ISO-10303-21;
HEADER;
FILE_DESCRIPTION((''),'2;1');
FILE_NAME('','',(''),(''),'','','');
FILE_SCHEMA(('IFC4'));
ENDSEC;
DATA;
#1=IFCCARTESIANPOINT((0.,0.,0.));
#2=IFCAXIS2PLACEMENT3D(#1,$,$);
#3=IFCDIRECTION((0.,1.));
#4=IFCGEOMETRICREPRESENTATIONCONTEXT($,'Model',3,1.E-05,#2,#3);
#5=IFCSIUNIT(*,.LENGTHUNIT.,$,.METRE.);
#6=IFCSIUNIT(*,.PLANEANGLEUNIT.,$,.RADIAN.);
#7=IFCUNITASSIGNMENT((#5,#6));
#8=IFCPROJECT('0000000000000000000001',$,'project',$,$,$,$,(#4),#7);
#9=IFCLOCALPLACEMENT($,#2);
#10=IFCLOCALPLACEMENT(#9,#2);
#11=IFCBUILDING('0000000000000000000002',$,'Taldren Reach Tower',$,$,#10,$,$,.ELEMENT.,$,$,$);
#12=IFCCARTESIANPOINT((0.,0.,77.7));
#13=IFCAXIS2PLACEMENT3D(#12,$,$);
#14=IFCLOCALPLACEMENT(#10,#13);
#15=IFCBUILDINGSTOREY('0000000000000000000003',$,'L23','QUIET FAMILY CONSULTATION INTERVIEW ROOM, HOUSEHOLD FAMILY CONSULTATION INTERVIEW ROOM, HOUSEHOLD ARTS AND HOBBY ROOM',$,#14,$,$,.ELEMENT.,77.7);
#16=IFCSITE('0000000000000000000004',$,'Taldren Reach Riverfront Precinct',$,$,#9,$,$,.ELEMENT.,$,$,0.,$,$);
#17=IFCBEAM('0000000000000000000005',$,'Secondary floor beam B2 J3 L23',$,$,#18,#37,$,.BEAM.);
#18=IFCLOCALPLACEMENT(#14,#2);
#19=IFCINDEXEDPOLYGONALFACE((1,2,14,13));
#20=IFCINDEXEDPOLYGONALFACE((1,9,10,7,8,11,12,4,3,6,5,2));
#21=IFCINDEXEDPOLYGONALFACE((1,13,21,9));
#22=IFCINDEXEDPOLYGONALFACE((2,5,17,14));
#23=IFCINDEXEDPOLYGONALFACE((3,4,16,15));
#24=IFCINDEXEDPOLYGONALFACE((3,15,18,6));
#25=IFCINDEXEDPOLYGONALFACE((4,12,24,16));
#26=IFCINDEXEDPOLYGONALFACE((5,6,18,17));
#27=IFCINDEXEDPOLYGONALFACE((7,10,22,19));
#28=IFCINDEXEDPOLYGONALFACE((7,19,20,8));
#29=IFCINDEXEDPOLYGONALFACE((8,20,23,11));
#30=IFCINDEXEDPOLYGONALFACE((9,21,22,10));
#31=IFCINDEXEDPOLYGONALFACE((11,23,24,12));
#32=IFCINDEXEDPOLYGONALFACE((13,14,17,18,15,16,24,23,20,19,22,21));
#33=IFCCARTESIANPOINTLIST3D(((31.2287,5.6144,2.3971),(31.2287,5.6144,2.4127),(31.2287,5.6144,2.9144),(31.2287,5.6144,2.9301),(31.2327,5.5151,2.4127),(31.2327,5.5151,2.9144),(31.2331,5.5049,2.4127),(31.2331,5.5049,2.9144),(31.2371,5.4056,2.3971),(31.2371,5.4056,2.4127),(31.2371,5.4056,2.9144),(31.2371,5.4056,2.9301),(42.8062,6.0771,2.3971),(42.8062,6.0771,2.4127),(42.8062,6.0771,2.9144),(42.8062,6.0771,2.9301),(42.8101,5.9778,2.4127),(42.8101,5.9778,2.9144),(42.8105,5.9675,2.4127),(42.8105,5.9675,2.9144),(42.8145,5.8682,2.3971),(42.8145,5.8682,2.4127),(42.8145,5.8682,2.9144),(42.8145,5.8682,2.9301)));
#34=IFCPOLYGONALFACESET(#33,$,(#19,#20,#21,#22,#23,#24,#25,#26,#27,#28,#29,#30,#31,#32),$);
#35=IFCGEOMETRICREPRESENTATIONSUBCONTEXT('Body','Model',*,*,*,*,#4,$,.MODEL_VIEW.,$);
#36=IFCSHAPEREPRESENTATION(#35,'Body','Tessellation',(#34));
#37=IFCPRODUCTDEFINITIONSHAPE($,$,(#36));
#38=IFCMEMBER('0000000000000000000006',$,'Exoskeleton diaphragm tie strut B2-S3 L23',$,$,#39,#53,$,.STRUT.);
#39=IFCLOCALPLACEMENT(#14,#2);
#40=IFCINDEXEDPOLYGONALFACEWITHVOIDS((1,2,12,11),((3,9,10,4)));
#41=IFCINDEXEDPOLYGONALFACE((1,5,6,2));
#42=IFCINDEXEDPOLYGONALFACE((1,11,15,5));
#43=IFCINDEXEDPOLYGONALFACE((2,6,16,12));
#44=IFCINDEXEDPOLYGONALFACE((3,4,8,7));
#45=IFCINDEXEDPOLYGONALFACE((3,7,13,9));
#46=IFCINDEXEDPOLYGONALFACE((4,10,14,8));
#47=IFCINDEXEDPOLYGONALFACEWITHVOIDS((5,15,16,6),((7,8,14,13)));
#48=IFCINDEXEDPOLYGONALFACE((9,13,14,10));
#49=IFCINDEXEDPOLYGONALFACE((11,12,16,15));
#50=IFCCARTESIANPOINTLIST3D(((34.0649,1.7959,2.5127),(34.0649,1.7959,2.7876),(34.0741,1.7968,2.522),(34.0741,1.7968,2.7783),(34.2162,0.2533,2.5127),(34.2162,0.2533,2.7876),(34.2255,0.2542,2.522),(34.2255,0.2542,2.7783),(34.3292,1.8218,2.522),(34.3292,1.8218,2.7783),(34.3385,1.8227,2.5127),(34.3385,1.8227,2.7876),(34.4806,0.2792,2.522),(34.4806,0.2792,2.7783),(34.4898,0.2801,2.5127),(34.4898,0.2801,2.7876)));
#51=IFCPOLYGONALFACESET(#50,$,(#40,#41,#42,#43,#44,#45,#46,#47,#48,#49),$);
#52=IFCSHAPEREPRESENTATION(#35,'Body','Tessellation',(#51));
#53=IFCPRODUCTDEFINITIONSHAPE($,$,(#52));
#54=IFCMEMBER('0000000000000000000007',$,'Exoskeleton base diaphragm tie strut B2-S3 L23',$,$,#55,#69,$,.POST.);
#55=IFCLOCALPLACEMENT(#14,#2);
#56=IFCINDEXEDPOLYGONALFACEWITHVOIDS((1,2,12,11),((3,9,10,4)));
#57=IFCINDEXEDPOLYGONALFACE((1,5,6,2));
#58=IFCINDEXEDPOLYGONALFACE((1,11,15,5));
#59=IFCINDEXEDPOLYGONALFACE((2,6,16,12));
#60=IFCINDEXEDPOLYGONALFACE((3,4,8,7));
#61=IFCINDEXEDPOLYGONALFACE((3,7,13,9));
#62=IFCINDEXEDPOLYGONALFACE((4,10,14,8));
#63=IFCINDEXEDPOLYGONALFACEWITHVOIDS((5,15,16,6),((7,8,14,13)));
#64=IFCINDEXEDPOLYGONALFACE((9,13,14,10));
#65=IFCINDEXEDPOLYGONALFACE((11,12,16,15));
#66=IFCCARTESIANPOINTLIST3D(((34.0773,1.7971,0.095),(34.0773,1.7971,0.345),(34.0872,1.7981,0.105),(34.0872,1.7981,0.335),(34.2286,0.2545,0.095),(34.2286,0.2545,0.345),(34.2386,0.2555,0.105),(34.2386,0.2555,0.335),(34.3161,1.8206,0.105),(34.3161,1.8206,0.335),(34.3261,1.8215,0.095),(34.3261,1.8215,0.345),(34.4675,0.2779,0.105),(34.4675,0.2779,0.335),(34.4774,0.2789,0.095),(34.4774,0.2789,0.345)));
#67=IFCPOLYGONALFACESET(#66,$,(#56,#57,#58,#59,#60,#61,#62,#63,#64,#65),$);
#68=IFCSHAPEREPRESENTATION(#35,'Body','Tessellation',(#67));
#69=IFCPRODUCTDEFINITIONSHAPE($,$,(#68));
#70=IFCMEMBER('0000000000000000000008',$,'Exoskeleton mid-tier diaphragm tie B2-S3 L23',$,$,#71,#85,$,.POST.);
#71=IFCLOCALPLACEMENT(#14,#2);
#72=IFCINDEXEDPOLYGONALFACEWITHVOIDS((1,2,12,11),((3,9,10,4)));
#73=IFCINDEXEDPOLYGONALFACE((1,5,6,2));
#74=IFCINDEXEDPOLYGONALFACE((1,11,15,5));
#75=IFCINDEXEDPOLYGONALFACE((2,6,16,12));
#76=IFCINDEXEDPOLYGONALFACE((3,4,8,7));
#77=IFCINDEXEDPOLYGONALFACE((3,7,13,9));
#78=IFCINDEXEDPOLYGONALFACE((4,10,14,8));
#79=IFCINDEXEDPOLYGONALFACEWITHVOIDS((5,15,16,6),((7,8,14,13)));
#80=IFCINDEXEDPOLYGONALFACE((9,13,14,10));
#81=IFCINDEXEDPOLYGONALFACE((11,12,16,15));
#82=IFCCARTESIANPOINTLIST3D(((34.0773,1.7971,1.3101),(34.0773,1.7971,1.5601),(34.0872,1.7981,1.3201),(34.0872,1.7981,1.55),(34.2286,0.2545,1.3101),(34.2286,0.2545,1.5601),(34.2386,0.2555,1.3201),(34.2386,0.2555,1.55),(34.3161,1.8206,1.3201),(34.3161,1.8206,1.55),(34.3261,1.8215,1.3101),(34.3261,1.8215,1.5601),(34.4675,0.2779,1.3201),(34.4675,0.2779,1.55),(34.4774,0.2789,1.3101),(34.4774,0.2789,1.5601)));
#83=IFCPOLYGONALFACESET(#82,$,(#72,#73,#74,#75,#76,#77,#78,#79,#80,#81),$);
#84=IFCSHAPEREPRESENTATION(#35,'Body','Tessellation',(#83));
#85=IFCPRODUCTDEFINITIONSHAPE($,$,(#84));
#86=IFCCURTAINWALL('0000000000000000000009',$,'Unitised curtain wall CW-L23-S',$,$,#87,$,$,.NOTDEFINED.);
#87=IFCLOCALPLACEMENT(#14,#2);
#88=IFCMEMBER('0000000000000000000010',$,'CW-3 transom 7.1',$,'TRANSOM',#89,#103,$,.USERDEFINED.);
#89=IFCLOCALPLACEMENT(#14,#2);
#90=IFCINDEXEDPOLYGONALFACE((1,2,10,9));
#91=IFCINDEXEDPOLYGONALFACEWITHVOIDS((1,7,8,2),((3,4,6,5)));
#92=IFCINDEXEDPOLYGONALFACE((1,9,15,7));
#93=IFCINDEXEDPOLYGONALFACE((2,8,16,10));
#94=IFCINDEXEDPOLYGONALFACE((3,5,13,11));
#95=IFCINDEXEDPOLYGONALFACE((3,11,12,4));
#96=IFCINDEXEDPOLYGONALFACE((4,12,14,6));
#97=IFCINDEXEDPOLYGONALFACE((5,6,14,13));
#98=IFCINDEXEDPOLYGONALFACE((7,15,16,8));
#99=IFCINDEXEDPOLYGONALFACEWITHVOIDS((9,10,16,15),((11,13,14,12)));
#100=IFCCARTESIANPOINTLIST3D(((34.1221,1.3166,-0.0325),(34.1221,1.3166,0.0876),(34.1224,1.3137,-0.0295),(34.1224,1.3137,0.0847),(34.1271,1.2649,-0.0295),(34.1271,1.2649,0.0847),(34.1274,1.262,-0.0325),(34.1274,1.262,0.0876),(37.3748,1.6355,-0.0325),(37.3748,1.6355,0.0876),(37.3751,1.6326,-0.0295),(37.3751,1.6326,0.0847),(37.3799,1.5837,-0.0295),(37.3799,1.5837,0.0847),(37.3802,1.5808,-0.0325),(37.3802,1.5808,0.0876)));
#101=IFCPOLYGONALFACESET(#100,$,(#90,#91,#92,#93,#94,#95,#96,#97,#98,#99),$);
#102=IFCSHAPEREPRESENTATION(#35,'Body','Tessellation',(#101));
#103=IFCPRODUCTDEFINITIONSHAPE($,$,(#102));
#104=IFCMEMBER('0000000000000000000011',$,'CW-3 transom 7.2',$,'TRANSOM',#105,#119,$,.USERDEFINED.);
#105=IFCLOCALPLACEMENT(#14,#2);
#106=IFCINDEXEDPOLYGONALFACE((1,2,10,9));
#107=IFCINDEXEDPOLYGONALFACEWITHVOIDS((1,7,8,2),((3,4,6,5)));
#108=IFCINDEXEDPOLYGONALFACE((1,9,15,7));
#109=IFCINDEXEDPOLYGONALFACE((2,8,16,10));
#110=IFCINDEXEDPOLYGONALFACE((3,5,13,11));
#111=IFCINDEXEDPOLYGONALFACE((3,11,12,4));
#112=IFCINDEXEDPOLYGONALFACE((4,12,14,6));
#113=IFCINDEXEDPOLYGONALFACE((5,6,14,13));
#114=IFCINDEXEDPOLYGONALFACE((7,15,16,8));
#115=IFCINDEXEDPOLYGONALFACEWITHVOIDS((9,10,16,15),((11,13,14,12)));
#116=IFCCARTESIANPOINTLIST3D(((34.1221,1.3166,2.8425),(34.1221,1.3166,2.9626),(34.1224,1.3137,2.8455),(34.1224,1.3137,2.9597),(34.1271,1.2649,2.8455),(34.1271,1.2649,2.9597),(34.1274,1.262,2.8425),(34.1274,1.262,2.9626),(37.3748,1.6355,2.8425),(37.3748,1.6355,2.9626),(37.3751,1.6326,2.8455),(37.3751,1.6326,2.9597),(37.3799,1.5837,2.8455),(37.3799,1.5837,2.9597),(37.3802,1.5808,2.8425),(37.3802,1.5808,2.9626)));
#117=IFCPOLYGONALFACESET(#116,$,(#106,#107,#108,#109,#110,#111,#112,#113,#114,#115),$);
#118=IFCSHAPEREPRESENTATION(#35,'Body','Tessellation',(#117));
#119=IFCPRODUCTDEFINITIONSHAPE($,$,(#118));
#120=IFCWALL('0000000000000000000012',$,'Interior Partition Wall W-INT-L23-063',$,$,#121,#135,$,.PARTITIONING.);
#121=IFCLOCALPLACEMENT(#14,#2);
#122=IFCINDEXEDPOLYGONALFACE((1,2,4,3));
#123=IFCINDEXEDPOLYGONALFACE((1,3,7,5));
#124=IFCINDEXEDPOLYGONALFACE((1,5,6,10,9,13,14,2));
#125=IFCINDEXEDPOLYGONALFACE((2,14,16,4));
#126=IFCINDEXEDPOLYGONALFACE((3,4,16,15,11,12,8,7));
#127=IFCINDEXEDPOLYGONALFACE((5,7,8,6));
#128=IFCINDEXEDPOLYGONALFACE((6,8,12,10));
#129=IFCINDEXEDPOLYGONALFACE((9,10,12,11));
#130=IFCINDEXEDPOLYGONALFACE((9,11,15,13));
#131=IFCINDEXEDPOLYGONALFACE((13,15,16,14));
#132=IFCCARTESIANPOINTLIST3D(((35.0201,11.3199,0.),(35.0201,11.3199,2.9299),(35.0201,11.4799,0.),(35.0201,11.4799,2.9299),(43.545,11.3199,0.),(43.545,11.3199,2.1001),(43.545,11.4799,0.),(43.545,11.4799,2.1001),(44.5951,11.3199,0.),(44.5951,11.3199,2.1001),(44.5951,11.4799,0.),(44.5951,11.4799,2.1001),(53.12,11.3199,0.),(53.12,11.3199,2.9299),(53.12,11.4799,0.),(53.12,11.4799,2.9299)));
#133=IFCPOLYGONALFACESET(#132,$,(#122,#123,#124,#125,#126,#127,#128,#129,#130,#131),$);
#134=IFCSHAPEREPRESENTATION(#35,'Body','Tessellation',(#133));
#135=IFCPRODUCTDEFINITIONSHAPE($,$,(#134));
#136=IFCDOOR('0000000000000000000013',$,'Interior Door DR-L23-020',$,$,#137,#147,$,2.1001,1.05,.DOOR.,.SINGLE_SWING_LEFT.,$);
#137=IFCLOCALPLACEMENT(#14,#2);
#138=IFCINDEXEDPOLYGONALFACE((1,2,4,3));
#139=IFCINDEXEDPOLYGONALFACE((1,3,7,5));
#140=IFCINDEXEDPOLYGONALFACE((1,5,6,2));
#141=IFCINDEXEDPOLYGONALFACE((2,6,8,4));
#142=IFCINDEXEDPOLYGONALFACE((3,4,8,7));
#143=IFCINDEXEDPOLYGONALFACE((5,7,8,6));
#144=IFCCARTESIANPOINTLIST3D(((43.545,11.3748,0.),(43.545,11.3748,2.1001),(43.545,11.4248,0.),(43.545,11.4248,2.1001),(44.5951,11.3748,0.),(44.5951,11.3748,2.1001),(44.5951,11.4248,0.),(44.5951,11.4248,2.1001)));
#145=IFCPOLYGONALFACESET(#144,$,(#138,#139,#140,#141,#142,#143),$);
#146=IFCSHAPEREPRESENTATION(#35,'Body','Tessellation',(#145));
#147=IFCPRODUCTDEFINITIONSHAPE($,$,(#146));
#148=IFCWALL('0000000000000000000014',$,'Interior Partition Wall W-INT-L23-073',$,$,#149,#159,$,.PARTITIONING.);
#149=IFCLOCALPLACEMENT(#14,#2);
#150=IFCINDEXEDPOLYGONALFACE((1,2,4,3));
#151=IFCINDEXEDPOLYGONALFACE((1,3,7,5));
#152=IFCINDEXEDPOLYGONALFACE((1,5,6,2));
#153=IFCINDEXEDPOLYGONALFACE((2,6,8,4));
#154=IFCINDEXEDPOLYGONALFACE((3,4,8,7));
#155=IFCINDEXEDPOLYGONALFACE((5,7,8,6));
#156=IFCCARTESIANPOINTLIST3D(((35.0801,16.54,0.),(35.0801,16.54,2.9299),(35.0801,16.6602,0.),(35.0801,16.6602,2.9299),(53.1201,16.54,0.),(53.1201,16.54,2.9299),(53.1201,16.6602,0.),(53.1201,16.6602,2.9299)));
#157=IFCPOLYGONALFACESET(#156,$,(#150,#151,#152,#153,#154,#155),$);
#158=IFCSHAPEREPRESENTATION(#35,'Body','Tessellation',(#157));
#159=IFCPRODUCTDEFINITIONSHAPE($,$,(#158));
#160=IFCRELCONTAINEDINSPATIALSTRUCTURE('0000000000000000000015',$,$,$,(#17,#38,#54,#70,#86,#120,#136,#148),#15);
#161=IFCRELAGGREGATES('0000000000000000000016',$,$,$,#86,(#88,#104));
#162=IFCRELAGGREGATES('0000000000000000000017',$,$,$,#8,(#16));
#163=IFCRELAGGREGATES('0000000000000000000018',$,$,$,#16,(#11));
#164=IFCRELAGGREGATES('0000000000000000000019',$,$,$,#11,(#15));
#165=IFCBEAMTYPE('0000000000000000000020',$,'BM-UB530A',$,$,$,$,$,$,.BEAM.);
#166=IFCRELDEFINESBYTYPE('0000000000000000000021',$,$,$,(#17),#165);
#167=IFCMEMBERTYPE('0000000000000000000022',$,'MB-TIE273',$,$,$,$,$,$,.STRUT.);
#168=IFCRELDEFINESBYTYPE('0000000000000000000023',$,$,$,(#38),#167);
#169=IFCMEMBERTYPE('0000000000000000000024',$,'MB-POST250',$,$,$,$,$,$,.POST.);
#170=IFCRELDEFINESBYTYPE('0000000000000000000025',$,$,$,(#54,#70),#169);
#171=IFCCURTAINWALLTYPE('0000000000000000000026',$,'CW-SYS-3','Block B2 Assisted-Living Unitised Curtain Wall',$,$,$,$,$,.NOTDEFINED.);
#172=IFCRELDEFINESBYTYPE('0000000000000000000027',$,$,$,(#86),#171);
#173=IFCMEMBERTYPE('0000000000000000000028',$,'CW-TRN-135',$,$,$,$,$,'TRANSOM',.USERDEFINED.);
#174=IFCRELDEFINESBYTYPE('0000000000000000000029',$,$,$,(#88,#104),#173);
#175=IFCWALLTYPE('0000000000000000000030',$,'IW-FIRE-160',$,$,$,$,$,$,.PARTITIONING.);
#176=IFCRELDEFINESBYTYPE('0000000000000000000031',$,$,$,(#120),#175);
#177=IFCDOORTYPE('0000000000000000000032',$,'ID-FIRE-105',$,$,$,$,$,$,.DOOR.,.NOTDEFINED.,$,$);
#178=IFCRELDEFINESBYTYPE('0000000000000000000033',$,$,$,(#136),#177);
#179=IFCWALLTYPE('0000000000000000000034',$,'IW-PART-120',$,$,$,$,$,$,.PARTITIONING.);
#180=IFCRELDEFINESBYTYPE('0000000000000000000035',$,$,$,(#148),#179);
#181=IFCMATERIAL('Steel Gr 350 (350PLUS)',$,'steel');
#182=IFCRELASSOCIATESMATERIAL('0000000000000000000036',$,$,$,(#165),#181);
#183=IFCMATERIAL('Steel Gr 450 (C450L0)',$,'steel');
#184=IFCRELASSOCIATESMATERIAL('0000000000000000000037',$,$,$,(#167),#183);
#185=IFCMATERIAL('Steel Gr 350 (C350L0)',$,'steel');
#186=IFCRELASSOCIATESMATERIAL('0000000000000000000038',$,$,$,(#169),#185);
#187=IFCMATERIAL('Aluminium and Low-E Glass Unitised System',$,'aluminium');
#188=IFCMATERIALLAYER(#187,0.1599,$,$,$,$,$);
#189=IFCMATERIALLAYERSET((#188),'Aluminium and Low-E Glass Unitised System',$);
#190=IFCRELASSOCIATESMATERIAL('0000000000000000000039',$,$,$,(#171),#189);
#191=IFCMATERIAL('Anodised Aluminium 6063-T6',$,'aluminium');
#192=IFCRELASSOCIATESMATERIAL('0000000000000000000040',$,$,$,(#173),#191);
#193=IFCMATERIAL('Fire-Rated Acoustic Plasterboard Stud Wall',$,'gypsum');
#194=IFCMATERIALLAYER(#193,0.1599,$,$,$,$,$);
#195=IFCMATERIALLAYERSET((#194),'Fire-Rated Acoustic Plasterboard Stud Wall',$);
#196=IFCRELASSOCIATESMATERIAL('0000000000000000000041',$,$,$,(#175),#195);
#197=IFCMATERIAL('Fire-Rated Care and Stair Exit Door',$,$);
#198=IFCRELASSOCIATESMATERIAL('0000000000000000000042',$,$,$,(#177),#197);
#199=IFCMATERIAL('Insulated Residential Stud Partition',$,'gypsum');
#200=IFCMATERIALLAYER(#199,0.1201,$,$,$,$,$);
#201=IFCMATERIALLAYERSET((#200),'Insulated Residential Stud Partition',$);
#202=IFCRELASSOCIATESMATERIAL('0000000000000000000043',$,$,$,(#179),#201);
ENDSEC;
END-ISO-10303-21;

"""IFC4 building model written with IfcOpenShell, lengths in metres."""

from ifc_helpers import new_model, si_unit, direction, frame, frame_2d, origin, origin_2d, place, context, subcontext, project, spatial, rectangle, hollow_rectangle, i_section, extrude, source, transform, mapped, material, layer, layer_set, material_profile, profile_set, type_object, element, fill, aggregate, save


model = new_model("IFC4")

# Units and contexts
model_context = context("Model", 3, precision=1e-05, world=origin(), true_north=direction((0.0, 1.0)))
body_context = subcontext(model_context, "Body", "Model", "MODEL_VIEW")
ifc_project = project(units=[si_unit("LENGTHUNIT", "METRE"), si_unit("PLANEANGLEUNIT", "RADIAN")], contexts=[model_context])

# Site, building, storey
site_placement = place(None, origin())
site = spatial("IfcSite", under=ifc_project, at=site_placement, Name="Taldren Reach Riverfront Precinct", CompositionType="ELEMENT", RefElevation=0.0)
building_placement = place(site_placement, origin())
building = spatial("IfcBuilding", under=site, at=building_placement, Name="Taldren Reach Tower", CompositionType="ELEMENT")
storey_placement = place(building_placement, frame((0.0, 0.0, 77.7)))
storey = spatial("IfcBuildingStorey", under=building, at=storey_placement, Name="L23", Description="QUIET FAMILY CONSULTATION INTERVIEW ROOM, HOUSEHOLD FAMILY CONSULTATION INTERVIEW ROOM, HOUSEHOLD ARTS AND HOBBY ROOM", CompositionType="ELEMENT", Elevation=77.7)

# Shared definitions
ifc_material_1 = material(Name="Steel Gr 350 (350PLUS)", Category="steel")

# Beam
ifc_material_profile_1 = material_profile(ifc_material_1, i_section(OverallWidth=0.209, OverallDepth=0.533, WebThickness=0.0103, FlangeThickness=0.0156, at=origin_2d()), Name="530UB92.4")
ifc_profile_set_1 = profile_set([ifc_material_profile_1], Name="Steel Gr 350 (350PLUS)")
beam_type_1 = type_object("IfcBeamType", Name="BM-UB530A", PredefinedType="BEAM", material=ifc_profile_set_1)
shared_shape_1 = source(origin(), body_context, "Body", "SweptSolid", [
    extrude(i_section(OverallWidth=0.209, OverallDepth=0.533, WebThickness=0.0103, FlangeThickness=0.0156, at=origin_2d()), origin(), (0.0, 0.0, 1.0), 11.5867),
])
beam_1_placement = place(storey_placement, frame((31.2329, 5.51, 2.6636), z_axis=(0.999203, 0.039929, 0.0), x_axis=(-0.039929, 0.999203, 0.0)))
element("IfcBeam", 1, at=beam_1_placement, inside=storey, type_object=beam_type_1, Name="Secondary floor beam B2 J3 L23", PredefinedType="BEAM", context=body_context, shape_type="MappedRepresentation", body=[
    mapped(shared_shape_1, transform((0.0, 0.0, 0.0), scale=1.0)),
])

# Members
ifc_material_2 = material(Name="Steel Gr 450 (C450L0)", Category="steel")
ifc_material_profile_2 = material_profile(ifc_material_2, hollow_rectangle(XDim=0.2749, YDim=0.2749, WallThickness=0.0093, at=origin_2d()), Name="275x275x9.3SHS")
ifc_profile_set_2 = profile_set([ifc_material_profile_2], Name="Steel Gr 450 (C450L0)")
member_type_1 = type_object("IfcMemberType", Name="MB-TIE273", PredefinedType="STRUT", material=ifc_profile_set_2)
shared_shape_2 = source(origin(), body_context, "Body", "SweptSolid", [
    extrude(hollow_rectangle(XDim=0.2749, YDim=0.2749, WallThickness=0.0093, at=origin_2d()), origin(), (0.0, 0.0, 1.0), 1.55),
])
member_1_placement = place(storey_placement, frame((34.2017, 1.8093, 2.6501), z_axis=(0.097648, -0.995221, 0.0), x_axis=(0.995221, 0.097648, 0.0)))
element("IfcMember", 2, at=member_1_placement, inside=storey, type_object=member_type_1, Name="Exoskeleton diaphragm tie strut B2-S3 L23", PredefinedType="STRUT", context=body_context, shape_type="MappedRepresentation", body=[
    mapped(shared_shape_2, transform((0.0, 0.0, 0.0), scale=1.0)),
])
ifc_material_3 = material(Name="Steel Gr 350 (C350L0)", Category="steel")
ifc_material_profile_3 = material_profile(ifc_material_3, hollow_rectangle(XDim=0.25, YDim=0.25, WallThickness=0.01, at=origin_2d()), Name="250x250x10.0SHS")
ifc_profile_set_3 = profile_set([ifc_material_profile_3], Name="Steel Gr 350 (C350L0)")
member_type_2 = type_object("IfcMemberType", Name="MB-POST250", PredefinedType="POST", material=ifc_profile_set_3)
shared_shape_3 = source(origin(), body_context, "Body", "SweptSolid", [
    extrude(hollow_rectangle(XDim=0.25, YDim=0.25, WallThickness=0.01, at=origin_2d()), origin(), (0.0, 0.0, 1.0), 1.55),
])
for number, where, z_axis, x_axis, name in (
    (3, (34.2017, 1.8093, 0.22), (0.097648, -0.995221, 0.0), (0.995221, 0.097648, 0.0), "Exoskeleton base diaphragm tie strut B2-S3 L23"),
    (4, (34.2017, 1.8093, 1.4351), (0.097648, -0.995221, 0.0), (0.995221, 0.097648, 0.0), "Exoskeleton mid-tier diaphragm tie B2-S3 L23"),
):
    element("IfcMember", number, at=place(storey_placement, frame(where, z_axis=z_axis, x_axis=x_axis)), inside=storey, type_object=member_type_2, Name=name, PredefinedType="POST", context=body_context, shape_type="MappedRepresentation", body=[
        mapped(shared_shape_3, transform((0.0, 0.0, 0.0), scale=1.0)),
    ])

# Curtain wall, members
ifc_material_4 = material(Name="Aluminium and Low-E Glass Unitised System", Category="aluminium")
ifc_layer_1 = layer(ifc_material_4, 0.1599)
ifc_layer_set_1 = layer_set([ifc_layer_1], Name="Aluminium and Low-E Glass Unitised System")
curtain_wall_type = type_object("IfcCurtainWallType", Name="CW-SYS-3", Description="Block B2 Assisted-Living Unitised Curtain Wall", PredefinedType="NOTDEFINED", material=ifc_layer_set_1)
curtain_wall_placement = place(storey_placement, origin())
curtain_wall = element("IfcCurtainWall", 5, at=curtain_wall_placement, inside=storey, type_object=curtain_wall_type, Name="Unitised curtain wall CW-L23-S", PredefinedType="NOTDEFINED")
ifc_material_5 = material(Name="Anodised Aluminium 6063-T6", Category="aluminium")
ifc_material_profile_4 = material_profile(ifc_material_5, hollow_rectangle(XDim=0.0549, YDim=0.1201, WallThickness=0.0029, at=origin_2d()), Name="ALU-120x55x3RHS")
ifc_profile_set_4 = profile_set([ifc_material_profile_4], Name="Anodised Aluminium 6063-T6")
member_type_3 = type_object("IfcMemberType", Name="CW-TRN-135", ElementType="TRANSOM", PredefinedType="USERDEFINED", material=ifc_profile_set_4)
shared_shape_4 = source(origin(), body_context, "Body", "SweptSolid", [
    extrude(hollow_rectangle(XDim=0.0549, YDim=0.1201, WallThickness=0.0029, at=origin_2d()), origin(), (0.0, 0.0, 1.0), 3.2683),
])
member_2_placement = place(storey_placement, frame((34.1248, 1.2893, 0.0276), z_axis=(0.99523, 0.097558, 0.0), x_axis=(-0.097558, 0.99523, 0.0)))
member_2 = element("IfcMember", 6, at=member_2_placement, type_object=member_type_3, Name="CW-3 transom 7.1", ObjectType="TRANSOM", PredefinedType="USERDEFINED", context=body_context, shape_type="MappedRepresentation", body=[
    mapped(shared_shape_4, transform((0.0, 0.0, 0.0), scale=1.0)),
])
member_3_placement = place(storey_placement, frame((34.1248, 1.2893, 2.9026), z_axis=(0.99523, 0.097558, 0.0), x_axis=(-0.097558, 0.99523, 0.0)))
member_3 = element("IfcMember", 7, at=member_3_placement, type_object=member_type_3, Name="CW-3 transom 7.2", ObjectType="TRANSOM", PredefinedType="USERDEFINED", context=body_context, shape_type="MappedRepresentation", body=[
    mapped(shared_shape_4, transform((0.0, 0.0, 0.0), scale=1.0)),
])
aggregate(curtain_wall, [member_2, member_3])

# Wall, opening, door
ifc_material_6 = material(Name="Fire-Rated Acoustic Plasterboard Stud Wall", Category="gypsum")
ifc_layer_2 = layer(ifc_material_6, 0.1599)
ifc_layer_set_2 = layer_set([ifc_layer_2], Name="Fire-Rated Acoustic Plasterboard Stud Wall")
wall_type_1 = type_object("IfcWallType", Name="IW-FIRE-160", PredefinedType="PARTITIONING", material=ifc_layer_set_2)
shared_shape_5 = source(origin(), body_context, "Body", "SweptSolid", [
    extrude(rectangle(XDim=18.0999, YDim=0.1599, at=frame_2d((9.0498, 0.0))), origin(), (0.0, 0.0, 1.0), 2.9299),
])
wall_1_placement = place(storey_placement, frame((35.0203, 11.3999, 0.0), z_axis=(0.0, 0.0, 1.0), x_axis=(1.0, 0.0, 0.0)))
wall_1 = element("IfcWall", 8, at=wall_1_placement, inside=storey, type_object=wall_type_1, Name="Interior Partition Wall W-INT-L23-063", PredefinedType="PARTITIONING", context=body_context, shape_type="MappedRepresentation", body=[
    mapped(shared_shape_5, transform((0.0, 0.0, 0.0), scale=1.0)),
])
shared_shape_6 = source(origin(), body_context, "Body", "SweptSolid", [
    extrude(rectangle(XDim=1.05, YDim=2.1001, at=frame_2d((0.5249, 1.05))), frame((0.0, 0.0898, 0.0), z_axis=(0.0, -1.0, 0.0), x_axis=(1.0, 0.0, 0.0)), (0.0, 0.0, 1.0), 0.1799),
])
opening_1_placement = place(wall_1_placement, frame((8.5249, 0.0, 0.0)))
opening_1 = element("IfcOpeningElement", 9, at=opening_1_placement, cuts=wall_1, PredefinedType="OPENING", context=body_context, shape_type="MappedRepresentation", body=[
    mapped(shared_shape_6, transform((0.0, 0.0, 0.0), scale=1.0)),
])
ifc_material_7 = material(Name="Fire-Rated Care and Stair Exit Door")
door_type_1 = type_object("IfcDoorType", Name="ID-FIRE-105", OperationType="NOTDEFINED", PredefinedType="DOOR", material=ifc_material_7)
shared_shape_7 = source(origin(), body_context, "Body", "SweptSolid", [
    extrude(rectangle(XDim=1.05, YDim=2.1001, at=frame_2d((0.5249, 1.05))), frame((0.0, 0.0249, 0.0), z_axis=(0.0, -1.0, 0.0), x_axis=(1.0, 0.0, 0.0)), (0.0, 0.0, 1.0), 0.05),
])
door_1_placement = place(opening_1_placement, origin())
door_1 = element("IfcDoor", 10, at=door_1_placement, inside=storey, type_object=door_type_1, Name="Interior Door DR-L23-020", OperationType="SINGLE_SWING_LEFT", OverallHeight=2.1001, OverallWidth=1.05, PredefinedType="DOOR", context=body_context, shape_type="MappedRepresentation", body=[
    mapped(shared_shape_7, transform((0.0, 0.0, 0.0), scale=1.0)),
])
fill(opening_1, door_1)

# Wall
ifc_material_8 = material(Name="Insulated Residential Stud Partition", Category="gypsum")
ifc_layer_3 = layer(ifc_material_8, 0.1201)
ifc_layer_set_3 = layer_set([ifc_layer_3], Name="Insulated Residential Stud Partition")
wall_type_2 = type_object("IfcWallType", Name="IW-PART-120", PredefinedType="PARTITIONING", material=ifc_layer_set_3)
shared_shape_8 = source(origin(), body_context, "Body", "SweptSolid", [
    extrude(rectangle(XDim=18.04, YDim=0.1201, at=frame_2d((9.02, 0.0))), origin(), (0.0, 0.0, 1.0), 2.9299),
])
wall_2_placement = place(storey_placement, frame((35.0801, 16.6001, 0.0), z_axis=(0.0, 0.0, 1.0), x_axis=(1.0, 0.0, 0.0)))
element("IfcWall", 11, at=wall_2_placement, inside=storey, type_object=wall_type_2, Name="Interior Partition Wall W-INT-L23-073", PredefinedType="PARTITIONING", context=body_context, shape_type="MappedRepresentation", body=[
    mapped(shared_shape_8, transform((0.0, 0.0, 0.0), scale=1.0)),
])

save(model, "model.ifc")
